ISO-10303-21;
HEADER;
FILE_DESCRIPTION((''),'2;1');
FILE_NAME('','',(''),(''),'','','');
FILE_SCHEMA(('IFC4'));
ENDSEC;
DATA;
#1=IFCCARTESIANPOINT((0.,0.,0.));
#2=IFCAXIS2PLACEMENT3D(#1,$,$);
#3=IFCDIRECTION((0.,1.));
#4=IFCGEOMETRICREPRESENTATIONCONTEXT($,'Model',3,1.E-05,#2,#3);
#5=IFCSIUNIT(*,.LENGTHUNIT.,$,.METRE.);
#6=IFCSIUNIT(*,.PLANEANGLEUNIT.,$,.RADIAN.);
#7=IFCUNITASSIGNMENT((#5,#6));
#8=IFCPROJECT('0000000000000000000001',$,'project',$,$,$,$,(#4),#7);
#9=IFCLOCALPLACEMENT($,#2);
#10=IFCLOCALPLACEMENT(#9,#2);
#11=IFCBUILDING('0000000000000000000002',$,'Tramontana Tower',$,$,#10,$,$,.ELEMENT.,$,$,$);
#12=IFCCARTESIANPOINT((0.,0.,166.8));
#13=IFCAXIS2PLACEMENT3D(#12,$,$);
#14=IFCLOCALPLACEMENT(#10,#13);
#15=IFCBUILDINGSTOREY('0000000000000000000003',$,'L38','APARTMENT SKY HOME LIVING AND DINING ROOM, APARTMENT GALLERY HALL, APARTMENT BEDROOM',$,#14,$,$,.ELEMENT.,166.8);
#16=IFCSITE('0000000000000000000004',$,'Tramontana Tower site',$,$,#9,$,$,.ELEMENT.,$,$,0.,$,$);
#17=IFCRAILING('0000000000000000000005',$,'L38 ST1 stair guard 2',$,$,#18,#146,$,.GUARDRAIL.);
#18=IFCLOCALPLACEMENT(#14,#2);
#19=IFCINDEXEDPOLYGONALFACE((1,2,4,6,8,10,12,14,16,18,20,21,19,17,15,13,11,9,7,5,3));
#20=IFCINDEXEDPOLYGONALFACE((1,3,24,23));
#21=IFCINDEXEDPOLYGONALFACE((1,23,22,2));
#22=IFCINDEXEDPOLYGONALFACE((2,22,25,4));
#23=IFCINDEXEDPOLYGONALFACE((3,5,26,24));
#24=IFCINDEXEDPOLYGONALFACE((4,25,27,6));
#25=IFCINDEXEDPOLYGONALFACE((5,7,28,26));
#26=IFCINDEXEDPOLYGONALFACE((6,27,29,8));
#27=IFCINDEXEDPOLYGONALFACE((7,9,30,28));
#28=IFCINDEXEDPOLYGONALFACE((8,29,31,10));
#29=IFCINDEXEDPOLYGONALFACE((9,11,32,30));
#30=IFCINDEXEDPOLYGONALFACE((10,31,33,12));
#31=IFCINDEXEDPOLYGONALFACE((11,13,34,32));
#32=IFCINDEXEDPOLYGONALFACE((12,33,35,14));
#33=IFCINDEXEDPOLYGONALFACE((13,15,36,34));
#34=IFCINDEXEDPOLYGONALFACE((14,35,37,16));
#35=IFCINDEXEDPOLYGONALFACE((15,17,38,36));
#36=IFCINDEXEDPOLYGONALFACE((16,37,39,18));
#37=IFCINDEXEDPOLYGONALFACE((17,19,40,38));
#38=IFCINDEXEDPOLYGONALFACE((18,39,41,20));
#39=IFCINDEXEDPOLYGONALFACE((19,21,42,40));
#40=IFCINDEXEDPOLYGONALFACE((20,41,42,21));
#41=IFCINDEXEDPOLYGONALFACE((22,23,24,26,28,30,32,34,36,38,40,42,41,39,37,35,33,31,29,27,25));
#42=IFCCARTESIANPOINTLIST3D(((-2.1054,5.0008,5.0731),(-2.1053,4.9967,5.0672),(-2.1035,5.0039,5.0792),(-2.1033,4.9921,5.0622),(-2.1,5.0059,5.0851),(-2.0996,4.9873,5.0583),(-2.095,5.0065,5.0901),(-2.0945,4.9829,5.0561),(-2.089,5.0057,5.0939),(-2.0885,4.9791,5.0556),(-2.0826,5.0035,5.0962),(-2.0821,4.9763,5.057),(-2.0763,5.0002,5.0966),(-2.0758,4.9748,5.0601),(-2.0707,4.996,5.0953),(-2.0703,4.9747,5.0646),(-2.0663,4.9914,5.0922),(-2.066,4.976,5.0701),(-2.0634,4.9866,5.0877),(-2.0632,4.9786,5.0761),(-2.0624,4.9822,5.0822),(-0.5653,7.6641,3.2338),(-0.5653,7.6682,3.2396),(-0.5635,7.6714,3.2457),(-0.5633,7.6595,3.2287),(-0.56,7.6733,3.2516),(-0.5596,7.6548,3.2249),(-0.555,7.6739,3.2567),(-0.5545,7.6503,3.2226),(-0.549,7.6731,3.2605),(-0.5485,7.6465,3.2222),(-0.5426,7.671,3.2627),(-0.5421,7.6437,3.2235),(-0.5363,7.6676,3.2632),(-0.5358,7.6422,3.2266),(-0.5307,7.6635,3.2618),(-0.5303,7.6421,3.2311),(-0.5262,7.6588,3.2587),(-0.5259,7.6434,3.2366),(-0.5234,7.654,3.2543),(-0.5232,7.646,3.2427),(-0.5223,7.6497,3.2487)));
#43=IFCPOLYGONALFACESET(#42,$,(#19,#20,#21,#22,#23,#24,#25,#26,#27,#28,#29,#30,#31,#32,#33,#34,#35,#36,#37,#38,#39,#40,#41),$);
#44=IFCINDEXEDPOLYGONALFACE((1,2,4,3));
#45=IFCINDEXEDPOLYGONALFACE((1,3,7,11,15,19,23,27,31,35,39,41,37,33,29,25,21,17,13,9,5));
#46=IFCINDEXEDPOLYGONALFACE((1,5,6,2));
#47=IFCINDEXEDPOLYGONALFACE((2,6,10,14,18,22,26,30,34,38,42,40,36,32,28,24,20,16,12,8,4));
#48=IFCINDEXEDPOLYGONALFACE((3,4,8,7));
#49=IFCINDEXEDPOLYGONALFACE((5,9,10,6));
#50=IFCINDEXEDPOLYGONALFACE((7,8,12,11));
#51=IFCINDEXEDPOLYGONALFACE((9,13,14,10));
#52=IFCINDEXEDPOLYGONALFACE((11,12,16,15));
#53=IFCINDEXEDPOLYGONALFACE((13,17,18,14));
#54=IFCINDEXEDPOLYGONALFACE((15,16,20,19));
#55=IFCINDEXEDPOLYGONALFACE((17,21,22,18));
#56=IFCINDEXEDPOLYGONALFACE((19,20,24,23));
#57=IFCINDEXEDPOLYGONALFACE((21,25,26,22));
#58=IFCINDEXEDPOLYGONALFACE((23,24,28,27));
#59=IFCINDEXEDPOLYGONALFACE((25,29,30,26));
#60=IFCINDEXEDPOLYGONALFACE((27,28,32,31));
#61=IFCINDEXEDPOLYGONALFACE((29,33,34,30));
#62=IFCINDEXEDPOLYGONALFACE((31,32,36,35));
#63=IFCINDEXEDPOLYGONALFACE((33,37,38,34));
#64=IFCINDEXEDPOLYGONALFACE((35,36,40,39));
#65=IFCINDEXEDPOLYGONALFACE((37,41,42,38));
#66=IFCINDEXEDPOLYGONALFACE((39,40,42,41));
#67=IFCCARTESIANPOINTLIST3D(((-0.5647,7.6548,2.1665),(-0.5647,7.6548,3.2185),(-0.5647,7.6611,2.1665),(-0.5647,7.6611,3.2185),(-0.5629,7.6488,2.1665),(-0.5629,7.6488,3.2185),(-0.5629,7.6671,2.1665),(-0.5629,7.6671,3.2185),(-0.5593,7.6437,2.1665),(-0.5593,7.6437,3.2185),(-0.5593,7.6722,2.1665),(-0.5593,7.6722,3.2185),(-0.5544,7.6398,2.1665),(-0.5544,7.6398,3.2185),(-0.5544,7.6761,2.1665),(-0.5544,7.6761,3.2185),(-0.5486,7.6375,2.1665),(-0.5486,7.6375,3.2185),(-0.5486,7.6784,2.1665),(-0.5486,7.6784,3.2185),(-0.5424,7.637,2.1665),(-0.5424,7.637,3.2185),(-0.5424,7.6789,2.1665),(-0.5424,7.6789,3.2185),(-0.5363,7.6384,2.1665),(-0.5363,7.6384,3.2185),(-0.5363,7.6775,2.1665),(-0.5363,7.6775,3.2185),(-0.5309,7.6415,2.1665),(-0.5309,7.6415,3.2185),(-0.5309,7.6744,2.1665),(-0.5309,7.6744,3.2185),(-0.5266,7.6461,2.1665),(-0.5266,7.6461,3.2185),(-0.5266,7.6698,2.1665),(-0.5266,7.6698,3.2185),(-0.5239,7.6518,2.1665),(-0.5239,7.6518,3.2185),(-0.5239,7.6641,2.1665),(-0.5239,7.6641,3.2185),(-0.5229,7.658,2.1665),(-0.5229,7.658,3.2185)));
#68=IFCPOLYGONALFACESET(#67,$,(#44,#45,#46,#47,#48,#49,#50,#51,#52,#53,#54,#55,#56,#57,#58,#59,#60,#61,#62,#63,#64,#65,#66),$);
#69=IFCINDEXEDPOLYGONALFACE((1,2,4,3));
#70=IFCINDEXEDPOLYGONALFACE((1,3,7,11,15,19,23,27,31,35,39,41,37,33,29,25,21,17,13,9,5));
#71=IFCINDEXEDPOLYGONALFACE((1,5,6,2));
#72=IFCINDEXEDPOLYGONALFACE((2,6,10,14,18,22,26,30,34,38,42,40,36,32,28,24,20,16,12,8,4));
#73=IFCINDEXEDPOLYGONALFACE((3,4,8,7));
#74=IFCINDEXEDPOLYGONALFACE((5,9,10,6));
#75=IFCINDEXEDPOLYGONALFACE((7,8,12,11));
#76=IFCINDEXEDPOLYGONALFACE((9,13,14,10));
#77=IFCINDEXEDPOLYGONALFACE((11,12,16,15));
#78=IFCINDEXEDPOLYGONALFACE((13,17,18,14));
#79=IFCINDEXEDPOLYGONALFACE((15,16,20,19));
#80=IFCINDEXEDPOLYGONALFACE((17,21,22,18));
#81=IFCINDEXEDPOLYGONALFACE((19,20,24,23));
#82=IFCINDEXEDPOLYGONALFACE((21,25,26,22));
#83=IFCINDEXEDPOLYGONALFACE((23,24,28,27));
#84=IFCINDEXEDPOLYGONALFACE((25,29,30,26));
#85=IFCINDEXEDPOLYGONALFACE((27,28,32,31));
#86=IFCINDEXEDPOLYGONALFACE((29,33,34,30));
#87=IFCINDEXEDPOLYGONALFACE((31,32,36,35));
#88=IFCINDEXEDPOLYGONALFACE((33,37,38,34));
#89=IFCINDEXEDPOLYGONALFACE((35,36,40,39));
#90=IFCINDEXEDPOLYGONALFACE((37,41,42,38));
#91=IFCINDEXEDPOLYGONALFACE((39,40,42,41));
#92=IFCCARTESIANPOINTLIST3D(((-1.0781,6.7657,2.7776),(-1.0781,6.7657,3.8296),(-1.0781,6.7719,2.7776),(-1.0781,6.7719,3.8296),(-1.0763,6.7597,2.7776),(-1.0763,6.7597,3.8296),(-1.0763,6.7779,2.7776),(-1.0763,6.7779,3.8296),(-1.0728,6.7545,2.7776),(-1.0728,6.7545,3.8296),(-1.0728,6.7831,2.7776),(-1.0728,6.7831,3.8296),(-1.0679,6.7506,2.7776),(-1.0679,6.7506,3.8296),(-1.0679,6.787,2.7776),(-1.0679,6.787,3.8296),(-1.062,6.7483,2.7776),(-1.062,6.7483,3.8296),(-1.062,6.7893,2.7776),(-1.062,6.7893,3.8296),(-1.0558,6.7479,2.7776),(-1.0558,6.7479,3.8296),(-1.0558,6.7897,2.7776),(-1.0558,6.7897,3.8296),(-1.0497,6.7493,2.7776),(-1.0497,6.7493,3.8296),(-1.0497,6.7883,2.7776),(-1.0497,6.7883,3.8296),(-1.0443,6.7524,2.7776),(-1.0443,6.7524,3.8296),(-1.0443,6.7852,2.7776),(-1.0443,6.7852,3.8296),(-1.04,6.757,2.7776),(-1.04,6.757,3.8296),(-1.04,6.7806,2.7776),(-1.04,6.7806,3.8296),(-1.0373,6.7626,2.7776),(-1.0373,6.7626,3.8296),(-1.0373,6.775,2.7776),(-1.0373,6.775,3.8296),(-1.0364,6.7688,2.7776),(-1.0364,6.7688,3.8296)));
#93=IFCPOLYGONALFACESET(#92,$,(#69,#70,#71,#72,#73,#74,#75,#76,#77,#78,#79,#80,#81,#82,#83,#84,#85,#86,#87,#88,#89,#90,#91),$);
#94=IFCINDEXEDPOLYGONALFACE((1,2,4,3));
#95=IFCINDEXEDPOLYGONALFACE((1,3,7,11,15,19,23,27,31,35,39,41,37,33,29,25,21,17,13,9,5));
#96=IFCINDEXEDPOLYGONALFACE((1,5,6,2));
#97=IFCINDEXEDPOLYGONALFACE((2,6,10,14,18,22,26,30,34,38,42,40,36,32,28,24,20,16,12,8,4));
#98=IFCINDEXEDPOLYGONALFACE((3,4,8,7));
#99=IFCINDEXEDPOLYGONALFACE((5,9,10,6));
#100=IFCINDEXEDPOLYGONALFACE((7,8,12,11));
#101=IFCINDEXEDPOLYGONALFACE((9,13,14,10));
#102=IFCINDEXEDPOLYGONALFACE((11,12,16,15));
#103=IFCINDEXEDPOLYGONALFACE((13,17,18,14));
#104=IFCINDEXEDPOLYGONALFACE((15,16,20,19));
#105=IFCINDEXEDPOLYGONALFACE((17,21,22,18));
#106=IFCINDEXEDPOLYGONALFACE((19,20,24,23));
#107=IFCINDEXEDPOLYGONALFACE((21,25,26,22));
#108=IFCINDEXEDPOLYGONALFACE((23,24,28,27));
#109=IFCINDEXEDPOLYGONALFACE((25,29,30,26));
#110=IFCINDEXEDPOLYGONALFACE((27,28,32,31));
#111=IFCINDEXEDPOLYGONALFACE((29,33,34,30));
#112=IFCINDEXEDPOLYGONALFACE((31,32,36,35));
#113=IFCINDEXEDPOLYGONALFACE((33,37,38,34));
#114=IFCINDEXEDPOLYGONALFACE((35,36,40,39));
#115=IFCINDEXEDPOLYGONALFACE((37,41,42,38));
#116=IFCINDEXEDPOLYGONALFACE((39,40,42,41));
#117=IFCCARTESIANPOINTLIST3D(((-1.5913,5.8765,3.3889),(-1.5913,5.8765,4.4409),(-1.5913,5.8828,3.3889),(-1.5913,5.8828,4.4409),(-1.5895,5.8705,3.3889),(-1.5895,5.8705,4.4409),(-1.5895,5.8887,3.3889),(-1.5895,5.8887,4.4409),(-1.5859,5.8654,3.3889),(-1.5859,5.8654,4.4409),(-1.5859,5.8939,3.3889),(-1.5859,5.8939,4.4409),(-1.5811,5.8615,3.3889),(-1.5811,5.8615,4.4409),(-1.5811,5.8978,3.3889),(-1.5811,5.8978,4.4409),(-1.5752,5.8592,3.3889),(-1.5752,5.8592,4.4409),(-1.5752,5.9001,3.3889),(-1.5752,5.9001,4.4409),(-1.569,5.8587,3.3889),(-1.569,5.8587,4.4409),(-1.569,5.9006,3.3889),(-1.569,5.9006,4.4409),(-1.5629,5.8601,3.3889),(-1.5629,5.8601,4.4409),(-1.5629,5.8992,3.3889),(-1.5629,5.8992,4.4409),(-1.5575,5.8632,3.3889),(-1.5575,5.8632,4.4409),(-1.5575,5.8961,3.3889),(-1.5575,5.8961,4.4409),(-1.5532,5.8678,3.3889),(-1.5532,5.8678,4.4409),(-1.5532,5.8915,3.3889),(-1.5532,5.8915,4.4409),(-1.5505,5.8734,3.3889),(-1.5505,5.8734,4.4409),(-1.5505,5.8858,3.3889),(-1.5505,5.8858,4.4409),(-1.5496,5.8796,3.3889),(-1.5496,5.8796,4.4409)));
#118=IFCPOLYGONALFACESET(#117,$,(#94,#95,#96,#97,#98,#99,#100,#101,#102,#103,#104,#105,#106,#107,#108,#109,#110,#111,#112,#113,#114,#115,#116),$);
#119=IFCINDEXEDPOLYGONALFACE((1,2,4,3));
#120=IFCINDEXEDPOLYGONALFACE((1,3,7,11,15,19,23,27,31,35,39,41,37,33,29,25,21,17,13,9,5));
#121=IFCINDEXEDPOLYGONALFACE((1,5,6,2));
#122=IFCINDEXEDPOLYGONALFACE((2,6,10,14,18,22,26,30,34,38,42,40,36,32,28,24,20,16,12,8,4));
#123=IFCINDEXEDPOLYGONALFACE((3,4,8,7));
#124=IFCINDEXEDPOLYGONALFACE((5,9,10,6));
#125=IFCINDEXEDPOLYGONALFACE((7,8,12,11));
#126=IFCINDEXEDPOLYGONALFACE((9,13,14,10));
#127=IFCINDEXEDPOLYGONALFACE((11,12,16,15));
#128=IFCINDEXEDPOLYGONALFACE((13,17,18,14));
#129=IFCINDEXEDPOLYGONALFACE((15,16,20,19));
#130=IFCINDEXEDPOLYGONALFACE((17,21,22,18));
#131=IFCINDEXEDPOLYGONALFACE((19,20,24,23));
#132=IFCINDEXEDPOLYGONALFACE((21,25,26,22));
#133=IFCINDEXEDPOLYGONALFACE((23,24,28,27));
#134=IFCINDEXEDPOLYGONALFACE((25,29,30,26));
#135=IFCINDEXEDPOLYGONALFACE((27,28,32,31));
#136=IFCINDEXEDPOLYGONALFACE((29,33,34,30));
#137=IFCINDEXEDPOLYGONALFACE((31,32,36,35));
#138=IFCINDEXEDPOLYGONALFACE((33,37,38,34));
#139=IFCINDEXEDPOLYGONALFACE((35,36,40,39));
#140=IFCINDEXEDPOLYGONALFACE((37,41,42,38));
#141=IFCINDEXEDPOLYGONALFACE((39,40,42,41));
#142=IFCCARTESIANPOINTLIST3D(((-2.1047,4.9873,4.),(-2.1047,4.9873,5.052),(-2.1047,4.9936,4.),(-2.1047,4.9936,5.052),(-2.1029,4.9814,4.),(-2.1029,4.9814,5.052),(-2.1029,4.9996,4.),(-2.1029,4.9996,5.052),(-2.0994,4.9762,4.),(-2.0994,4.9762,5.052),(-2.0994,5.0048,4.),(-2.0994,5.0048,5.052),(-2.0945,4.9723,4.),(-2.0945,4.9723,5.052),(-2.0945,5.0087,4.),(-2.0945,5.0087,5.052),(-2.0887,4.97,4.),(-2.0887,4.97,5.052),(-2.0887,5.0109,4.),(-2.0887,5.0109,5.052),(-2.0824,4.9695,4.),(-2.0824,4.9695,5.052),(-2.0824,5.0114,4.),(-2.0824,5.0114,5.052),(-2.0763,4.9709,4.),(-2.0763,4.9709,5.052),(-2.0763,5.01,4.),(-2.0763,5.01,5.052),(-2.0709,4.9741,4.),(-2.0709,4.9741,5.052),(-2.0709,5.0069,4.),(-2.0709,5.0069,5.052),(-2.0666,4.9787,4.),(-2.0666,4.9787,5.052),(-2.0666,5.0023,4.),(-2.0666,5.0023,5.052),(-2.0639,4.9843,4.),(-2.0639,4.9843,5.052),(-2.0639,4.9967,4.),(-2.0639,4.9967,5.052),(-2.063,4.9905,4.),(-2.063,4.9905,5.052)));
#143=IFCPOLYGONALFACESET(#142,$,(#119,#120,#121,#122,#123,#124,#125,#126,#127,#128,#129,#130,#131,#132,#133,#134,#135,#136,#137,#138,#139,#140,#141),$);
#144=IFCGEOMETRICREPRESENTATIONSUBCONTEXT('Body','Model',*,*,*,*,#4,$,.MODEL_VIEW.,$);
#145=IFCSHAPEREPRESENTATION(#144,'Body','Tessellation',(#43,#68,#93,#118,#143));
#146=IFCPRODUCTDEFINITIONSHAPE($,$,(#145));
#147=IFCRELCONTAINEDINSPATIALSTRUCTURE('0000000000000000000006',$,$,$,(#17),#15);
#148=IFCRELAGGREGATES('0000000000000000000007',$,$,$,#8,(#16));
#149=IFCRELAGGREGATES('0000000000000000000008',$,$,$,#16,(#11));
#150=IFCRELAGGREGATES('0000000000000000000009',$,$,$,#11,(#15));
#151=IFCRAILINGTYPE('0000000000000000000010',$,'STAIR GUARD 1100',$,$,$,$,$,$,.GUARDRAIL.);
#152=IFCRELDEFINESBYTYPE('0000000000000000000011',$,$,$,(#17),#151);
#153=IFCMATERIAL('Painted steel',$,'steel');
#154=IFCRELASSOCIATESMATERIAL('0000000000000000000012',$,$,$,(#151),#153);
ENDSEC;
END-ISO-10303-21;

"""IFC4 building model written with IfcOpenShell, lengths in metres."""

from ifc_helpers import new_model, si_unit, direction, frame, origin, origin_2d, place, context, subcontext, project, spatial, circle, extrude, material, type_object, element, save


model = new_model("IFC4")

# Units and contexts
model_context = context("Model", 3, precision=1e-05, world=origin(), true_north=direction((0.0, 1.0)))
body_context = subcontext(model_context, "Body", "Model", "MODEL_VIEW")
ifc_project = project(units=[si_unit("LENGTHUNIT", "METRE"), si_unit("PLANEANGLEUNIT", "RADIAN")], contexts=[model_context])

# Site, building, storey
site_placement = place(None, origin())
site = spatial("IfcSite", under=ifc_project, at=site_placement, Name="Tramontana Tower site", CompositionType="ELEMENT", RefElevation=0.0)
building_placement = place(site_placement, origin())
building = spatial("IfcBuilding", under=site, at=building_placement, Name="Tramontana Tower", CompositionType="ELEMENT")
storey_placement = place(building_placement, frame((0.0, 0.0, 166.8)))
storey = spatial("IfcBuildingStorey", under=building, at=storey_placement, Name="L38", Description="APARTMENT SKY HOME LIVING AND DINING ROOM, APARTMENT GALLERY HALL, APARTMENT BEDROOM", CompositionType="ELEMENT", Elevation=166.8)

# Railing
ifc_material_1 = material(Name="Painted steel", Category="steel")
railing_type_1 = type_object("IfcRailingType", Name="STAIR GUARD 1100", PredefinedType="GUARDRAIL", material=ifc_material_1)
railing_1_placement = place(storey_placement, frame((-0.5439, 7.658, 2.1665)))
element("IfcRailing", 1, at=railing_1_placement, inside=storey, type_object=railing_type_1, Name="L38 ST1 stair guard 2", PredefinedType="GUARDRAIL", context=body_context, shape_type="SweptSolid", body=[
    extrude(circle(Radius=0.0239, at=origin_2d()), frame((0.0, 0.0, 1.0762), z_axis=(-0.429634, -0.744164, 0.511502), x_axis=(0.86603, -0.499992, 0.0)), (0.0, 0.0, 1.0), 3.5845),
    extrude(circle(Radius=0.021, at=origin_2d()), origin(), (0.0, 0.0, 1.0), 1.052),
    extrude(circle(Radius=0.021, at=origin_2d()), frame((-0.5134, -0.8892, 0.6111)), (0.0, 0.0, 1.0), 1.052),
    extrude(circle(Radius=0.021, at=origin_2d()), frame((-1.0266, -1.7783, 1.2224)), (0.0, 0.0, 1.0), 1.052),
    extrude(circle(Radius=0.021, at=origin_2d()), frame((-1.54, -2.6675, 1.8335)), (0.0, 0.0, 1.0), 1.052),
])

save(model, "model.ifc")
